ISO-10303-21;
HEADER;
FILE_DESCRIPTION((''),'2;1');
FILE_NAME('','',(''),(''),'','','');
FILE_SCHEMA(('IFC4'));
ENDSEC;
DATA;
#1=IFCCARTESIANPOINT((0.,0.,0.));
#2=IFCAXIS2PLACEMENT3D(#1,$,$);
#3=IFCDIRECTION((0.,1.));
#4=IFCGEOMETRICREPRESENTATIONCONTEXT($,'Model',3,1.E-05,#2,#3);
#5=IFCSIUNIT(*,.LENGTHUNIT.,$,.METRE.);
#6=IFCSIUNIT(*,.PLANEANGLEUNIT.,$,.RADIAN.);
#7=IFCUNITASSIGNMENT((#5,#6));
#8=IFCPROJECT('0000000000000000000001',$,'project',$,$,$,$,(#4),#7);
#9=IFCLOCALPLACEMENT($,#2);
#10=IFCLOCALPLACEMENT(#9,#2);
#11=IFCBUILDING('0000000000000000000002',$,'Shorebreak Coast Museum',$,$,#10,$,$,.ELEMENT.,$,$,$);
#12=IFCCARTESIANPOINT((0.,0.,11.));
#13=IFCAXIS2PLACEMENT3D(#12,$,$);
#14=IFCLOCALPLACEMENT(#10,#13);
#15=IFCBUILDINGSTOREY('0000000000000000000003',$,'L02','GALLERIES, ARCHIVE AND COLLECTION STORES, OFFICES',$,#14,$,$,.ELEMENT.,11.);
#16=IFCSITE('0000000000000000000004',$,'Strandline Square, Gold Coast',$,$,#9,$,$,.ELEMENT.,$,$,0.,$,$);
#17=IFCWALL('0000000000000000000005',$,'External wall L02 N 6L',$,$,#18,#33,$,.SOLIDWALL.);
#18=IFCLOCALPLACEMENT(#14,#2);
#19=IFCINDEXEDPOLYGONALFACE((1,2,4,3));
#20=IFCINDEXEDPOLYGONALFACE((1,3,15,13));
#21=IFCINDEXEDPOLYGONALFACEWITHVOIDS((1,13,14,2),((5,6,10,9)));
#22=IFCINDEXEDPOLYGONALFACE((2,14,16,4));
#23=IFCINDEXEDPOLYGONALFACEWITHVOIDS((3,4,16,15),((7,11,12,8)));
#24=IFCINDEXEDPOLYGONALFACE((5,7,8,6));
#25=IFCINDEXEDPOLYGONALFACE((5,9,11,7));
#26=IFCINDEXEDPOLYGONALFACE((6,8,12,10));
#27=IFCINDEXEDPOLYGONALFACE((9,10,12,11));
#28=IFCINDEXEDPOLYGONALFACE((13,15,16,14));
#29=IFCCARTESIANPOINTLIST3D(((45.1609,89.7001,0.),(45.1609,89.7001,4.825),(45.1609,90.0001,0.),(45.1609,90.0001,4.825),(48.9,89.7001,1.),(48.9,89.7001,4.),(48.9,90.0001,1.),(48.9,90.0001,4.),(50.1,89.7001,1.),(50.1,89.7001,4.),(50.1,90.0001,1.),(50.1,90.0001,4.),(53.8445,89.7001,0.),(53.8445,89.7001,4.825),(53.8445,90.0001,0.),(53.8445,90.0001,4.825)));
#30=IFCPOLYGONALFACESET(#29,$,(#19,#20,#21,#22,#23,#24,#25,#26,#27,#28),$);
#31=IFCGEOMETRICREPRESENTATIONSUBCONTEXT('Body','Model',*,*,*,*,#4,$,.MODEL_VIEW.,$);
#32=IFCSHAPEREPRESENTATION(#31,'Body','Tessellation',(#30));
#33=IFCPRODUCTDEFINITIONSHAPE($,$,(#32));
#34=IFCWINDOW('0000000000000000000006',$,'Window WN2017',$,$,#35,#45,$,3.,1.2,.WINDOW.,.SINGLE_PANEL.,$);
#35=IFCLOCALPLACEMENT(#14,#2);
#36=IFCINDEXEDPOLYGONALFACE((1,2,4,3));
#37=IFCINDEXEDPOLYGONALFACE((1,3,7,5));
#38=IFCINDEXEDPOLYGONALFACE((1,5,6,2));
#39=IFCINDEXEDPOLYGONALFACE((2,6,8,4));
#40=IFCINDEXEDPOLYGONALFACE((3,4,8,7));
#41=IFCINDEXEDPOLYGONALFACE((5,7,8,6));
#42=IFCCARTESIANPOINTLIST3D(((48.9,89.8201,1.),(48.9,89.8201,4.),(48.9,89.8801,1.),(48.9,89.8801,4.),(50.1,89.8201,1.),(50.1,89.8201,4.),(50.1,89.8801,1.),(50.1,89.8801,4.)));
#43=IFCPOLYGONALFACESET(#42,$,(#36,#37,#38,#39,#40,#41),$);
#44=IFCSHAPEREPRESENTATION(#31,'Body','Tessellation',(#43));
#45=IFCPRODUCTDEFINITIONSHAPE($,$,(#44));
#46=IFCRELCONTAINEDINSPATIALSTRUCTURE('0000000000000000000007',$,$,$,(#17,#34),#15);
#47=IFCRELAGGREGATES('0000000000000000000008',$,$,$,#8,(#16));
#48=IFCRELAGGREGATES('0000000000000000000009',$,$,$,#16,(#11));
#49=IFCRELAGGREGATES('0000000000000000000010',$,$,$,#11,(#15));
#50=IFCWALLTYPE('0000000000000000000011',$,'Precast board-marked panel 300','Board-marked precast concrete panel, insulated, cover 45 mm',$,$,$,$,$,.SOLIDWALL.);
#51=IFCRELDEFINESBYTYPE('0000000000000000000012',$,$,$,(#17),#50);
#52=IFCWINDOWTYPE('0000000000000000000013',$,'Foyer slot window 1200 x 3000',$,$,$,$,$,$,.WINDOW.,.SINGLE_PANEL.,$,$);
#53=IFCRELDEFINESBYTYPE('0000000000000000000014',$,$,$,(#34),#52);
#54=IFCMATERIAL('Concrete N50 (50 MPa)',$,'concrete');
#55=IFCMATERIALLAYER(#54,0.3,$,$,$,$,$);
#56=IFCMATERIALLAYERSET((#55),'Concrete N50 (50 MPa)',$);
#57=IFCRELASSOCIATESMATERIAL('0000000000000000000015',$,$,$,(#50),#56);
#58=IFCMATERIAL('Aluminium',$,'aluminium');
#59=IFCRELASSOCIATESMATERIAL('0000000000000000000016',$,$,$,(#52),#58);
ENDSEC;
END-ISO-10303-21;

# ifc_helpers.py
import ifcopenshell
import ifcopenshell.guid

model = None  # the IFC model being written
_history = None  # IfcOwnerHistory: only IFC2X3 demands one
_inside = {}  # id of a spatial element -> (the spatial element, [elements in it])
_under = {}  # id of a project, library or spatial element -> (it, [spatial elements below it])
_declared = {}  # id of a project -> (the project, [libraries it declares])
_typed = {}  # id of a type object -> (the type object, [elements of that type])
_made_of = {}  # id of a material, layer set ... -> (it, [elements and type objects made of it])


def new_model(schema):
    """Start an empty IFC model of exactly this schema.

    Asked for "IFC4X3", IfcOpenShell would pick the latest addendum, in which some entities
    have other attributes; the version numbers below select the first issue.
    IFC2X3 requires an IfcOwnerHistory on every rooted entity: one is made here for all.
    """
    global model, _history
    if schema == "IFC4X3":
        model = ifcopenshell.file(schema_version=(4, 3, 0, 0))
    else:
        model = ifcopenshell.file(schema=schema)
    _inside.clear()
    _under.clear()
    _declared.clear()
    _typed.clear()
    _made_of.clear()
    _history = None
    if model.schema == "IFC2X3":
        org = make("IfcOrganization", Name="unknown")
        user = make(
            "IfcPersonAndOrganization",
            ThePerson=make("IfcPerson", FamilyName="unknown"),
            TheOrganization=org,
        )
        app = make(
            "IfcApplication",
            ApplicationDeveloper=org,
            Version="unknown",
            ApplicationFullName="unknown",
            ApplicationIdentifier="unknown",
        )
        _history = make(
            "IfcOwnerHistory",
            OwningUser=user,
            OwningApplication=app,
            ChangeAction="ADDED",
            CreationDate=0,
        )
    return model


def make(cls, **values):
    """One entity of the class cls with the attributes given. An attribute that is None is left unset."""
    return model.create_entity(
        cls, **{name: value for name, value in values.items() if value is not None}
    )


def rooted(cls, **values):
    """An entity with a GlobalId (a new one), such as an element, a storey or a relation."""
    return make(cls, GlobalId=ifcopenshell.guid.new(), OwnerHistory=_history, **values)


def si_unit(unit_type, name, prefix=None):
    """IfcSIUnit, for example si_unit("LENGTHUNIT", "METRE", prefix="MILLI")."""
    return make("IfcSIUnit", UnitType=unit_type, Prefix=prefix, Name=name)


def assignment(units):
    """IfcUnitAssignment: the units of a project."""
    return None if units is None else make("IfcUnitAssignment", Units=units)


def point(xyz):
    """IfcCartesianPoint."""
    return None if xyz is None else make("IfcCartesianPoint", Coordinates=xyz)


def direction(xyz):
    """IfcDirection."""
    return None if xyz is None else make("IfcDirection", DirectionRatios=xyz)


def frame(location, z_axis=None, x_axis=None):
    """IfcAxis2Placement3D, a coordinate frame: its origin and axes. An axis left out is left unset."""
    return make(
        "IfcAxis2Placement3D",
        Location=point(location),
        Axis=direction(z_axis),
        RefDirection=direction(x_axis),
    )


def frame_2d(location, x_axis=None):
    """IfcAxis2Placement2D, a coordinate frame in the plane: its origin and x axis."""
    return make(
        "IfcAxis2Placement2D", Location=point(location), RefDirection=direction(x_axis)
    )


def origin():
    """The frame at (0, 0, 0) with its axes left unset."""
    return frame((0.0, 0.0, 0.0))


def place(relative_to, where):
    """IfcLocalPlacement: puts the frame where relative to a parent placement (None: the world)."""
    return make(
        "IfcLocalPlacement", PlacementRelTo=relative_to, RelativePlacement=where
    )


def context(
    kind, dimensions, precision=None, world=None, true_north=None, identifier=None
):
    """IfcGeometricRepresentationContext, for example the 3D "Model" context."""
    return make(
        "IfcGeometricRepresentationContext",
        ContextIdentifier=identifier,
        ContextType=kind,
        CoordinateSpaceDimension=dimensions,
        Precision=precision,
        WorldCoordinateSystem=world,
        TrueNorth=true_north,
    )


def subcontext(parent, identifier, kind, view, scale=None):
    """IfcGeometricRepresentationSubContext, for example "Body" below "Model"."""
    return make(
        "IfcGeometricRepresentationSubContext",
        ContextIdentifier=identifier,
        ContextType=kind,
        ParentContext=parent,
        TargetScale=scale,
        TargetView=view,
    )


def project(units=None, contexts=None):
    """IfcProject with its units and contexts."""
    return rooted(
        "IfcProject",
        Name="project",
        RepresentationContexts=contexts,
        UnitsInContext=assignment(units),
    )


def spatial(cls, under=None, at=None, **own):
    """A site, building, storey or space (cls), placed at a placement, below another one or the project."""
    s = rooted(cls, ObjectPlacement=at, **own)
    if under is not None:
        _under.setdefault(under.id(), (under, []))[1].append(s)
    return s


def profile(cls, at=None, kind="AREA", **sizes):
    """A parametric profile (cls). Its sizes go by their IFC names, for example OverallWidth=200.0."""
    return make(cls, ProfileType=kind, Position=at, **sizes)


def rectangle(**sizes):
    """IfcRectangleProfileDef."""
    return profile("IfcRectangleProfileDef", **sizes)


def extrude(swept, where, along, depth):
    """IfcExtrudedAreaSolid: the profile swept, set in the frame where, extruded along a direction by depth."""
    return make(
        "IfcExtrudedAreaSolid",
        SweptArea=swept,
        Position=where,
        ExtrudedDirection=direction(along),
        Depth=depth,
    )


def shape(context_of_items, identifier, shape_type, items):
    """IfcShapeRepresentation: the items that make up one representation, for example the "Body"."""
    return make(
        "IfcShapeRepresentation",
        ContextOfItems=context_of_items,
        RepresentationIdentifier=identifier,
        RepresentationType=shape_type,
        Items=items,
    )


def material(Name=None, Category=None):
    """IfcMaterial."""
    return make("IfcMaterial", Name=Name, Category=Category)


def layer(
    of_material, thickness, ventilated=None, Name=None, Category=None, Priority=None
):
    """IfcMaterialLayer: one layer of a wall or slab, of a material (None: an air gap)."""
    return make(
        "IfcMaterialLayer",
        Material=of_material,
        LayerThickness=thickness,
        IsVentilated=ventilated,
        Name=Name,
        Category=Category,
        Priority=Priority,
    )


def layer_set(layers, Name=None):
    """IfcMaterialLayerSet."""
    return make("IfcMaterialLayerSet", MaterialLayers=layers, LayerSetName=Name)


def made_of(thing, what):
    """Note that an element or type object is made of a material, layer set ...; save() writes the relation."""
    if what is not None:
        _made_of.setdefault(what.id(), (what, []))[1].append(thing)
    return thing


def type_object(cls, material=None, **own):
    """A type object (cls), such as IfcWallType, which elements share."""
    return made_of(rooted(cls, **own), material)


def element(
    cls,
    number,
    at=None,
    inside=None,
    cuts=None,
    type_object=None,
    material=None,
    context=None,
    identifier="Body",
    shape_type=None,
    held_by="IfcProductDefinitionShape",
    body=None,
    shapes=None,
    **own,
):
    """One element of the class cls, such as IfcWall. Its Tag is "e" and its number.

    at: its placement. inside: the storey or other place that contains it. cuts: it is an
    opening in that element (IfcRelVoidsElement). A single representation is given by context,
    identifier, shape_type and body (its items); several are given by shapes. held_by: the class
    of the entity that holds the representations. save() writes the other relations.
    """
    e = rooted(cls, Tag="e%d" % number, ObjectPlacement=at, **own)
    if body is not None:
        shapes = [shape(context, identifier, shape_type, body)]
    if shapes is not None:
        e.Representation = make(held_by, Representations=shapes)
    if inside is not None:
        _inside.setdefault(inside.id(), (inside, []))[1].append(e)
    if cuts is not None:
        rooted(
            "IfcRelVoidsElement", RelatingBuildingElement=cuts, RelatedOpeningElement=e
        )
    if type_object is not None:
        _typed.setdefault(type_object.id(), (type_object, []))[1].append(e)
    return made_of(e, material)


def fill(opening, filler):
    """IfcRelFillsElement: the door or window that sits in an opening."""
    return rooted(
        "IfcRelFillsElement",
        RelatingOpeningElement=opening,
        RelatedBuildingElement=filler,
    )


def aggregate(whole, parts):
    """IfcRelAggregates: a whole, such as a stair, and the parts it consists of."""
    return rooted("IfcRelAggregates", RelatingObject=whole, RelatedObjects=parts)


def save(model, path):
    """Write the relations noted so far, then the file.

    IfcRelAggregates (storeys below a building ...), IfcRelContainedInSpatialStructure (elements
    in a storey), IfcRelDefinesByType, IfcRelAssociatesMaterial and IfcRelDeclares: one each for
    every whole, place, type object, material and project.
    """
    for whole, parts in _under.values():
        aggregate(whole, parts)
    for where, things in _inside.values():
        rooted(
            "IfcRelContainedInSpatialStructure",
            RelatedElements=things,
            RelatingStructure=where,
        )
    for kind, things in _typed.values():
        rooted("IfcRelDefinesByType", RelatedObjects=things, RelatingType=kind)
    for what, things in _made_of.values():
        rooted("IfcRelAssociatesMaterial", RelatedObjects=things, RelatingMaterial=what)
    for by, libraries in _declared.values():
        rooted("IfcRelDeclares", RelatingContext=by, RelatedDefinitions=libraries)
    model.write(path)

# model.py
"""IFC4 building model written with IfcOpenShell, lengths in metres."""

from ifc_helpers import new_model, si_unit, direction, frame, frame_2d, origin, place, context, subcontext, project, spatial, rectangle, extrude, material, layer, layer_set, type_object, element, fill, save


model = new_model("IFC4")

# Units and contexts
model_context = context("Model", 3, precision=1e-05, world=origin(), true_north=direction((0.0, 1.0)))
body_context = subcontext(model_context, "Body", "Model", "MODEL_VIEW")
ifc_project = project(units=[si_unit("LENGTHUNIT", "METRE"), si_unit("PLANEANGLEUNIT", "RADIAN")], contexts=[model_context])

# Site, building, storey
site_placement = place(None, origin())
site = spatial("IfcSite", under=ifc_project, at=site_placement, Name="Strandline Square, Gold Coast", CompositionType="ELEMENT", RefElevation=0.0)
building_placement = place(site_placement, origin())
building = spatial("IfcBuilding", under=site, at=building_placement, Name="Shorebreak Coast Museum", CompositionType="ELEMENT")
storey_placement = place(building_placement, frame((0.0, 0.0, 11.0)))
storey = spatial("IfcBuildingStorey", under=building, at=storey_placement, Name="L02", Description="GALLERIES, ARCHIVE AND COLLECTION STORES, OFFICES", CompositionType="ELEMENT", Elevation=11.0)

# Shared definitions
ifc_material_1 = material(Name="Concrete N50 (50 MPa)", Category="concrete")
ifc_layer_1 = layer(ifc_material_1, 0.3)
ifc_layer_set_1 = layer_set([ifc_layer_1], Name="Concrete N50 (50 MPa)")
wall_type_1 = type_object("IfcWallType", Name="Precast board-marked panel 300", Description="Board-marked precast concrete panel, insulated, cover 45 mm", PredefinedType="SOLIDWALL", material=ifc_layer_set_1)

# Wall, opening, window
wall_1_placement = place(storey_placement, frame((45.1609, 89.8501, 0.0), z_axis=(0.0, 0.0, 1.0), x_axis=(1.0, 0.0, 0.0)))
wall_1 = element("IfcWall", 1, at=wall_1_placement, inside=storey, type_object=wall_type_1, Name="External wall L02 N 6L", PredefinedType="SOLIDWALL", context=body_context, shape_type="SweptSolid", body=[
    extrude(rectangle(XDim=8.6836, YDim=0.3, at=frame_2d((4.3418, 0.0))), origin(), (0.0, 0.0, 1.0), 4.825),
])
opening_placement = place(wall_1_placement, frame((3.739, 0.0, 1.0)))
opening = element("IfcOpeningElement", 2, at=opening_placement, cuts=wall_1, PredefinedType="OPENING", context=body_context, shape_type="SweptSolid", body=[
    extrude(rectangle(XDim=1.2, YDim=3.0, at=frame_2d((0.6001, 1.5))), frame((0.0, 0.1599, 0.0), z_axis=(0.0, -1.0, 0.0), x_axis=(1.0, 0.0, 0.0)), (0.0, 0.0, 1.0), 0.3201),
])
ifc_material_2 = material(Name="Aluminium", Category="aluminium")
window_type = type_object("IfcWindowType", Name="Foyer slot window 1200 x 3000", PartitioningType="SINGLE_PANEL", PredefinedType="WINDOW", material=ifc_material_2)
window_placement = place(opening_placement, origin())
window = element("IfcWindow", 3, at=window_placement, inside=storey, type_object=window_type, Name="Window WN2017", OverallHeight=3.0, OverallWidth=1.2, PartitioningType="SINGLE_PANEL", PredefinedType="WINDOW", context=body_context, shape_type="SweptSolid", body=[
    extrude(rectangle(XDim=1.2, YDim=3.0, at=frame_2d((0.6001, 1.5))), frame((0.0, 0.03, 0.0), z_axis=(0.0, -1.0, 0.0), x_axis=(1.0, 0.0, 0.0)), (0.0, 0.0, 1.0), 0.0601),
])
fill(opening, window)

save(model, "model.ifc")
